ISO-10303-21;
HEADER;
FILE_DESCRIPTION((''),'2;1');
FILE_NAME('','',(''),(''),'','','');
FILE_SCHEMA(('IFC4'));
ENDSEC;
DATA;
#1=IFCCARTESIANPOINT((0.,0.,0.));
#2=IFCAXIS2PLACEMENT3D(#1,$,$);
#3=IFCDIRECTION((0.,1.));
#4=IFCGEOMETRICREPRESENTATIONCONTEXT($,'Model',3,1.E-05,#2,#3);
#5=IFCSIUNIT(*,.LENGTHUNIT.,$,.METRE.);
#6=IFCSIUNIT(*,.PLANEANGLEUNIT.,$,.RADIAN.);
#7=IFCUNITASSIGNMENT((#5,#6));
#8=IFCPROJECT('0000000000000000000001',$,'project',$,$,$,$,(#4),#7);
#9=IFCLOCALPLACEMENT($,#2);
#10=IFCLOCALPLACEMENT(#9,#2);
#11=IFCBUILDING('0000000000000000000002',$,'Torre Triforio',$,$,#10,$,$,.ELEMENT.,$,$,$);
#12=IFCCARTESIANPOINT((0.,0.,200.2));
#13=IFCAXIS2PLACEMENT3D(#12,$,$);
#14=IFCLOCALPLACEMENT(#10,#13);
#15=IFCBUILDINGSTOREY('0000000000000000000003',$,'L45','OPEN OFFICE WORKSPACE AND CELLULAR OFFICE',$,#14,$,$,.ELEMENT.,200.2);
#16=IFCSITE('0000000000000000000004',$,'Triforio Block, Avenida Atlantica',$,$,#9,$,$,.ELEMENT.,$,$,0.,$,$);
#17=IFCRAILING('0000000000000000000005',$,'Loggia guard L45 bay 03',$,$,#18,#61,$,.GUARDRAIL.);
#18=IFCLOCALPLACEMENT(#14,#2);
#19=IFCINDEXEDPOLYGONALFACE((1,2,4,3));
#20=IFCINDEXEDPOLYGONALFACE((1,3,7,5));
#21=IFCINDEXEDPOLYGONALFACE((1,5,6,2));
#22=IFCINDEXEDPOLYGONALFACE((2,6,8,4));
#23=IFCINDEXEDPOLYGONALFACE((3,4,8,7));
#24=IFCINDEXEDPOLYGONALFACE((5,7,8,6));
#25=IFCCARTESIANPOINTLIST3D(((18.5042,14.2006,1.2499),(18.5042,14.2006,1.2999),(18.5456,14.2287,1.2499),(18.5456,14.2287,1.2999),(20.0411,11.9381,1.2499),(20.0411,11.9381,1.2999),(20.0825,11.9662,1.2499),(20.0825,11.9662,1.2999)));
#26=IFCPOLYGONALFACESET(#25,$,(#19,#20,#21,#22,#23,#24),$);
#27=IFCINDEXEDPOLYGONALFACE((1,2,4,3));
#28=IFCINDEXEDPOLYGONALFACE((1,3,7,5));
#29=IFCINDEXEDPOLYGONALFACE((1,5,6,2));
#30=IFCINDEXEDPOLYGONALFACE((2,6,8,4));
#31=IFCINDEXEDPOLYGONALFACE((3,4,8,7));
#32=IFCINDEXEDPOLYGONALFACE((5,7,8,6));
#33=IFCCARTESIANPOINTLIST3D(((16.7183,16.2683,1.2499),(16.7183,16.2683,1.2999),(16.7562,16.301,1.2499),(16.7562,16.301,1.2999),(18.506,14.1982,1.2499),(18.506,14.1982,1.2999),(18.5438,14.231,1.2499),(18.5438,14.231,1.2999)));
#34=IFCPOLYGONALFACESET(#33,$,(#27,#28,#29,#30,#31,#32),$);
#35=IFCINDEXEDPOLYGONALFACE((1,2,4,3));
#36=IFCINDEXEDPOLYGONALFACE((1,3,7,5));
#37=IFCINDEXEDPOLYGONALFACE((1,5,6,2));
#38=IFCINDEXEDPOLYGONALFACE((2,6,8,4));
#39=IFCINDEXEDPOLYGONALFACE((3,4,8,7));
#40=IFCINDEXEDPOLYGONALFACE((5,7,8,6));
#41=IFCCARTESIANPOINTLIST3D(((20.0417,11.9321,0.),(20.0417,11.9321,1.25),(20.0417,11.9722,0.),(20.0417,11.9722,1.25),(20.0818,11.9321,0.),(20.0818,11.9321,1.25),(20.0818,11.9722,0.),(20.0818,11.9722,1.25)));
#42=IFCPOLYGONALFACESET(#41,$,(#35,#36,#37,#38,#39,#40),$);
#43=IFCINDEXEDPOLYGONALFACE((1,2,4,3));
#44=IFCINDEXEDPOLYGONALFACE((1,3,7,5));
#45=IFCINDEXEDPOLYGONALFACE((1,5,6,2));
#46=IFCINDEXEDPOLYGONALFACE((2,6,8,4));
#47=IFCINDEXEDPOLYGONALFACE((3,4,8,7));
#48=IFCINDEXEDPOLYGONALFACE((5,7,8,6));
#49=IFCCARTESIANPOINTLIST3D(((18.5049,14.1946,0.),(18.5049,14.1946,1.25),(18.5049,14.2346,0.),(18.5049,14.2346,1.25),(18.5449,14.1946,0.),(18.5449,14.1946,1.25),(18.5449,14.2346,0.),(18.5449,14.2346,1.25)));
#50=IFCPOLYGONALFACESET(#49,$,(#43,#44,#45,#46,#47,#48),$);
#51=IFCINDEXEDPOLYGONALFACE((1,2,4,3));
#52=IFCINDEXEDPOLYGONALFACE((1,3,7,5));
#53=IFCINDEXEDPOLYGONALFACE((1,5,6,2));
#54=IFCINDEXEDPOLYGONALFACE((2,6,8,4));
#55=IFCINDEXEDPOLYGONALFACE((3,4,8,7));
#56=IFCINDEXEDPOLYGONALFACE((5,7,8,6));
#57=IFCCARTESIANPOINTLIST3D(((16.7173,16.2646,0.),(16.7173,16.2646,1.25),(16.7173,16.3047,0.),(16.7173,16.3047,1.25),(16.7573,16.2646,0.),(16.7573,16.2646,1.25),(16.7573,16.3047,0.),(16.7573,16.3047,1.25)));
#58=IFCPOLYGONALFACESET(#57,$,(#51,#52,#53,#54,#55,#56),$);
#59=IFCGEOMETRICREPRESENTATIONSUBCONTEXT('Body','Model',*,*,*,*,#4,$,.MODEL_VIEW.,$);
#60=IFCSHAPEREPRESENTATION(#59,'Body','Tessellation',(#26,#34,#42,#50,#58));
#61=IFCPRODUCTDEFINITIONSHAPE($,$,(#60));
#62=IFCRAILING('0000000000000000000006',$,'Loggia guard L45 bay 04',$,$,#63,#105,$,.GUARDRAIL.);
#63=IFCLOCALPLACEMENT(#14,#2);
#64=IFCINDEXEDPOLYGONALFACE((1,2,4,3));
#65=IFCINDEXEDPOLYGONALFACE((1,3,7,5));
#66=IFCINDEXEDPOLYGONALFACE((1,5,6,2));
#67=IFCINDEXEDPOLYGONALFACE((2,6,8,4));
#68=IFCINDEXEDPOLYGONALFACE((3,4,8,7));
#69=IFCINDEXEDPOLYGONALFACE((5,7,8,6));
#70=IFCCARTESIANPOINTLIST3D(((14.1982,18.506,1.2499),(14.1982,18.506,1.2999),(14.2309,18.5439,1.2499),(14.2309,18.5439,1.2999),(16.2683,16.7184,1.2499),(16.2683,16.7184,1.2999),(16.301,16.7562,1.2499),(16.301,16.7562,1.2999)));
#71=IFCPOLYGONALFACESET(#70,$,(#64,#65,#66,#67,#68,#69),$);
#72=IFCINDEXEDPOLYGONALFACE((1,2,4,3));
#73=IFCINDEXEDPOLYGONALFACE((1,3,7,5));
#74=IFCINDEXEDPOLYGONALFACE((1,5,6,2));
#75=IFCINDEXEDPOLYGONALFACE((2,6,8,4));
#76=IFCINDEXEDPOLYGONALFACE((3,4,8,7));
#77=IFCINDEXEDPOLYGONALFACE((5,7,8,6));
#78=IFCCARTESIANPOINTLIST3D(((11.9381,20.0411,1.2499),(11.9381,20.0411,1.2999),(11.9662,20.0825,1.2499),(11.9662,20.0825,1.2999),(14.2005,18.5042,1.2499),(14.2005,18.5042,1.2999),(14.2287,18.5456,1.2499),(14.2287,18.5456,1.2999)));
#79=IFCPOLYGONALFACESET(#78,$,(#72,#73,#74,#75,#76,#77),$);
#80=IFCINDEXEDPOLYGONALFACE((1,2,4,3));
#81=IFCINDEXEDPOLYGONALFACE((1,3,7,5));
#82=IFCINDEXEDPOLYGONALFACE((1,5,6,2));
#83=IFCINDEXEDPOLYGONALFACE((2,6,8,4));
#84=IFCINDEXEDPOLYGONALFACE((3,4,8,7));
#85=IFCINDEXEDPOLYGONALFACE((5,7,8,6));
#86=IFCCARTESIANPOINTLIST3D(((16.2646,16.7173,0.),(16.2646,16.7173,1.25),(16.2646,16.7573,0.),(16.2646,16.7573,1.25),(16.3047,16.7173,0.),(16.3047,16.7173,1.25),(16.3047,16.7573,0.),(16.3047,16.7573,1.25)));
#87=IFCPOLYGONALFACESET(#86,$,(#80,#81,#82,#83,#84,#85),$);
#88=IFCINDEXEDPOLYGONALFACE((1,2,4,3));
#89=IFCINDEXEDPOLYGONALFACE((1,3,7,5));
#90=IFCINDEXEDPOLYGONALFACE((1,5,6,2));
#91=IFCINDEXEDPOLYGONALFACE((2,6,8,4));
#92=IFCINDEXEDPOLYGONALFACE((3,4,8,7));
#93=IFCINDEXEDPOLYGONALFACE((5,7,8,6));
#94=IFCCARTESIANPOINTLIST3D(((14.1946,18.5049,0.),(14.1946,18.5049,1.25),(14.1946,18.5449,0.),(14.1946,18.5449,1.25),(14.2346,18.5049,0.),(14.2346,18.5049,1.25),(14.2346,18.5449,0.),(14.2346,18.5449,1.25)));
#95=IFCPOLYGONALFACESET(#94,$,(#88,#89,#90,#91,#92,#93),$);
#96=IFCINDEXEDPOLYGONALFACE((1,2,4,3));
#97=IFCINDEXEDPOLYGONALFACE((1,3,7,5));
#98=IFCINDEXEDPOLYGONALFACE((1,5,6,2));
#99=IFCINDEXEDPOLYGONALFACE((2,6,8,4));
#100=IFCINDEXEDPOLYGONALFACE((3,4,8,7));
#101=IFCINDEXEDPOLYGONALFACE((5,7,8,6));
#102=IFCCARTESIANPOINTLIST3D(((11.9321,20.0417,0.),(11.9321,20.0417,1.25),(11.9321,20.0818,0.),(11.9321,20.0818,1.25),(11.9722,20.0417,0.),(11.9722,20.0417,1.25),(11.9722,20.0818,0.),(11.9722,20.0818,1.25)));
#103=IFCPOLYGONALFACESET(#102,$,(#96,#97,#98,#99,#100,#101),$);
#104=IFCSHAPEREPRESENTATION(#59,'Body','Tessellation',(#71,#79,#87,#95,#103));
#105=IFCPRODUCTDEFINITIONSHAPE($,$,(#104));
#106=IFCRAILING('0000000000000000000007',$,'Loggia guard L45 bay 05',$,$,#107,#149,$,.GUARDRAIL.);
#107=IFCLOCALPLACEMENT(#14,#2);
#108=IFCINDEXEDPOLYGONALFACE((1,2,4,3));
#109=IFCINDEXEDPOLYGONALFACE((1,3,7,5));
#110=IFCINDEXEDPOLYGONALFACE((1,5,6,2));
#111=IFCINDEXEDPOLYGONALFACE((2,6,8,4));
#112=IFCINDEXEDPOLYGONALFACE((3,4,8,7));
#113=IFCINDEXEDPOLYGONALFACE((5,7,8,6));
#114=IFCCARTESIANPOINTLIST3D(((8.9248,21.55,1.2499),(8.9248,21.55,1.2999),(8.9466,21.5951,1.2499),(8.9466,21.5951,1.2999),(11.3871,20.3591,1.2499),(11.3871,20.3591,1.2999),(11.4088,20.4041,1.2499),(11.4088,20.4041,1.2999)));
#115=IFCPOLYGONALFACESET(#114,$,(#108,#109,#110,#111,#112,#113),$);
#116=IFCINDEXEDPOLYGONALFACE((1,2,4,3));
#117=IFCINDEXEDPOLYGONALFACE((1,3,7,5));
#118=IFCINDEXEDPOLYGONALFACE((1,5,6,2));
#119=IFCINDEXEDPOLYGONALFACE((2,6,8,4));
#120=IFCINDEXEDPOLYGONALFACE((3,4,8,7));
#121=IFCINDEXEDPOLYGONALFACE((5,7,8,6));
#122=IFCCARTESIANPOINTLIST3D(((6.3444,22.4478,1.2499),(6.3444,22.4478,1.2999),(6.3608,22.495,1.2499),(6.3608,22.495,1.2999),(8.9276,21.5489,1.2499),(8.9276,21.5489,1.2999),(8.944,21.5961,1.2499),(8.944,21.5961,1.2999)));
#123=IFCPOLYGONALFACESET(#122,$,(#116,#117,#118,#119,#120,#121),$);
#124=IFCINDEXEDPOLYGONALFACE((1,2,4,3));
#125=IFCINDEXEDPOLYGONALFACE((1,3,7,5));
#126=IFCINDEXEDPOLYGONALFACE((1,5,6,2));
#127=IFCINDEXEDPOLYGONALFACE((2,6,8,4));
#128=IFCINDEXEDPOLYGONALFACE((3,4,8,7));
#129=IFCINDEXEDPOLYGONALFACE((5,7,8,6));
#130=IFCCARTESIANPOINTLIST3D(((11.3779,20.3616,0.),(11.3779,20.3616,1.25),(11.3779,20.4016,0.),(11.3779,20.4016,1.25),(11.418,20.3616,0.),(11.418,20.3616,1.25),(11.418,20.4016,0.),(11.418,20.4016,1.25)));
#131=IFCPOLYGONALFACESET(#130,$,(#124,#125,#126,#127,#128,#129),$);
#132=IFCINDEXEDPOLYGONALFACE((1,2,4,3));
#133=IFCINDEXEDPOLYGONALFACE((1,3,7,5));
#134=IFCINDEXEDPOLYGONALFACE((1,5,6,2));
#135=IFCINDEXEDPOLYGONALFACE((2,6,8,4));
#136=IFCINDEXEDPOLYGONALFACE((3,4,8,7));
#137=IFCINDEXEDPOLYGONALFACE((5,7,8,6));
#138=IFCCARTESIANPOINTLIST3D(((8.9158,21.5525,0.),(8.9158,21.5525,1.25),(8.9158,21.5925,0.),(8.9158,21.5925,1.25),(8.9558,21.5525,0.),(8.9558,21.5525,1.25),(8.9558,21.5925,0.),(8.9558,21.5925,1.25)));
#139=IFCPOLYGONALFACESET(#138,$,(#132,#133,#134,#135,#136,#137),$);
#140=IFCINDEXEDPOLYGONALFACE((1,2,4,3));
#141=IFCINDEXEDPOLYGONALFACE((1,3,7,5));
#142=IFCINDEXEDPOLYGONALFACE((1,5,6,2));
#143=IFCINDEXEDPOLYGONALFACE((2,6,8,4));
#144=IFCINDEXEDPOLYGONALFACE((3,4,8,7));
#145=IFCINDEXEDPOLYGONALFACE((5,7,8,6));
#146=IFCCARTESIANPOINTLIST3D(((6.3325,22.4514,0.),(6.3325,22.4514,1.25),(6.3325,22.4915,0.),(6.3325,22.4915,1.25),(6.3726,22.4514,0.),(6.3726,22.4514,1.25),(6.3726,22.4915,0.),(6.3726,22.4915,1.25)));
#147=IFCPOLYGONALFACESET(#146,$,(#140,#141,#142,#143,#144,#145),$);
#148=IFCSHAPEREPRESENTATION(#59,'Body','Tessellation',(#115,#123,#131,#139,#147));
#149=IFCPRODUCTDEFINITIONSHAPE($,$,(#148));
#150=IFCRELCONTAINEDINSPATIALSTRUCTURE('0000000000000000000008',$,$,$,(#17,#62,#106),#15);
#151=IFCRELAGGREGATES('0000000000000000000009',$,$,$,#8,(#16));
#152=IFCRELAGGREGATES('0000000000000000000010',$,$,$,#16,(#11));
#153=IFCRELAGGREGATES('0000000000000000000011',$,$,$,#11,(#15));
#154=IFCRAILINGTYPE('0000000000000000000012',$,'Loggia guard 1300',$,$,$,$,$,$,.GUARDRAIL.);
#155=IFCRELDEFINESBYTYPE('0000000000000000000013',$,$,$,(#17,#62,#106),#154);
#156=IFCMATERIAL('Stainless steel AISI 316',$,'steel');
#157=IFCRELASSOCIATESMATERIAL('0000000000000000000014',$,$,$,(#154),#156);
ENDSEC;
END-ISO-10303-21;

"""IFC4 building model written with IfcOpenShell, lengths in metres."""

from ifc_helpers import new_model, si_unit, direction, frame, origin, origin_2d, place, context, subcontext, project, spatial, rectangle, extrude, material, type_object, element, save


model = new_model("IFC4")

# Units and contexts
model_context = context("Model", 3, precision=1e-05, world=origin(), true_north=direction((0.0, 1.0)))
body_context = subcontext(model_context, "Body", "Model", "MODEL_VIEW")
ifc_project = project(units=[si_unit("LENGTHUNIT", "METRE"), si_unit("PLANEANGLEUNIT", "RADIAN")], contexts=[model_context])

# Site, building, storey
site_placement = place(None, origin())
site = spatial("IfcSite", under=ifc_project, at=site_placement, Name="Triforio Block, Avenida Atlantica", CompositionType="ELEMENT", RefElevation=0.0)
building_placement = place(site_placement, origin())
building = spatial("IfcBuilding", under=site, at=building_placement, Name="Torre Triforio", CompositionType="ELEMENT")
storey_placement = place(building_placement, frame((0.0, 0.0, 200.2)))
storey = spatial("IfcBuildingStorey", under=building, at=storey_placement, Name="L45", Description="OPEN OFFICE WORKSPACE AND CELLULAR OFFICE", CompositionType="ELEMENT", Elevation=200.2)

# Railings
ifc_material_1 = material(Name="Stainless steel AISI 316", Category="steel")
railing_type = type_object("IfcRailingType", Name="Loggia guard 1300", PredefinedType="GUARDRAIL", material=ifc_material_1)
railing_1_placement = place(storey_placement, frame((20.0618, 11.9521, 0.0)))
element("IfcRailing", 1, at=railing_1_placement, inside=storey, type_object=railing_type, Name="Loggia guard L45 bay 03", PredefinedType="GUARDRAIL", context=body_context, shape_type="SweptSolid", body=[
    extrude(rectangle(XDim=0.05, YDim=0.05, at=origin_2d()), frame((0.0, 0.0, 1.2749), z_axis=(-0.56191, 0.827199, 0.0), x_axis=(-0.827199, -0.56191, 0.0)), (0.0, 0.0, 1.0), 2.7351),
    extrude(rectangle(XDim=0.05, YDim=0.05, at=origin_2d()), frame((-1.5369, 2.2625, 1.2749), z_axis=(-0.65358, 0.756857, 0.0), x_axis=(-0.756857, -0.65358, 0.0)), (0.0, 0.0, 1.0), 2.7351),
    extrude(rectangle(XDim=0.04, YDim=0.04, at=origin_2d()), origin(), (0.0, 0.0, 1.0), 1.25),
    extrude(rectangle(XDim=0.04, YDim=0.04, at=origin_2d()), frame((-1.5369, 2.2625, 0.0)), (0.0, 0.0, 1.0), 1.25),
    extrude(rectangle(XDim=0.04, YDim=0.04, at=origin_2d()), frame((-3.3245, 4.3325, 0.0)), (0.0, 0.0, 1.0), 1.25),
])
railing_2_placement = place(storey_placement, frame((16.2847, 16.7373, 0.0)))
element("IfcRailing", 2, at=railing_2_placement, inside=storey, type_object=railing_type, Name="Loggia guard L45 bay 04", PredefinedType="GUARDRAIL", context=body_context, shape_type="SweptSolid", body=[
    extrude(rectangle(XDim=0.05, YDim=0.05, at=origin_2d()), frame((0.0, 0.0, 1.2749), z_axis=(-0.756857, 0.65358, 0.0), x_axis=(-0.65358, -0.756857, 0.0)), (0.0, 0.0, 1.0), 2.7351),
    extrude(rectangle(XDim=0.05, YDim=0.05, at=origin_2d()), frame((-2.0701, 1.7876, 1.2749), z_axis=(-0.827199, 0.56191, 0.0), x_axis=(-0.56191, -0.827199, 0.0)), (0.0, 0.0, 1.0), 2.7351),
    extrude(rectangle(XDim=0.04, YDim=0.04, at=origin_2d()), origin(), (0.0, 0.0, 1.0), 1.25),
    extrude(rectangle(XDim=0.04, YDim=0.04, at=origin_2d()), frame((-2.0701, 1.7876, 0.0)), (0.0, 0.0, 1.0), 1.25),
    extrude(rectangle(XDim=0.04, YDim=0.04, at=origin_2d()), frame((-4.3325, 3.3245, 0.0)), (0.0, 0.0, 1.0), 1.25),
])
railing_3_placement = place(storey_placement, frame((11.3979, 20.3816, 0.0)))
element("IfcRailing", 3, at=railing_3_placement, inside=storey, type_object=railing_type, Name="Loggia guard L45 bay 05", PredefinedType="GUARDRAIL", context=body_context, shape_type="SweptSolid", body=[
    extrude(rectangle(XDim=0.05, YDim=0.05, at=origin_2d()), frame((0.0, 0.0, 1.2749), z_axis=(-0.900224, 0.435428, 0.0), x_axis=(-0.435428, -0.900224, 0.0)), (0.0, 0.0, 1.0), 2.7351),
    extrude(rectangle(XDim=0.05, YDim=0.05, at=origin_2d()), frame((-2.4622, 1.1909, 1.2749), z_axis=(-0.944451, 0.328652, 0.0), x_axis=(-0.328652, -0.944451, 0.0)), (0.0, 0.0, 1.0), 2.7351),
    extrude(rectangle(XDim=0.04, YDim=0.04, at=origin_2d()), origin(), (0.0, 0.0, 1.0), 1.25),
    extrude(rectangle(XDim=0.04, YDim=0.04, at=origin_2d()), frame((-2.4622, 1.1909, 0.0)), (0.0, 0.0, 1.0), 1.25),
    extrude(rectangle(XDim=0.04, YDim=0.04, at=origin_2d()), frame((-5.0454, 2.0898, 0.0)), (0.0, 0.0, 1.0), 1.25),
])

save(model, "model.ifc")
